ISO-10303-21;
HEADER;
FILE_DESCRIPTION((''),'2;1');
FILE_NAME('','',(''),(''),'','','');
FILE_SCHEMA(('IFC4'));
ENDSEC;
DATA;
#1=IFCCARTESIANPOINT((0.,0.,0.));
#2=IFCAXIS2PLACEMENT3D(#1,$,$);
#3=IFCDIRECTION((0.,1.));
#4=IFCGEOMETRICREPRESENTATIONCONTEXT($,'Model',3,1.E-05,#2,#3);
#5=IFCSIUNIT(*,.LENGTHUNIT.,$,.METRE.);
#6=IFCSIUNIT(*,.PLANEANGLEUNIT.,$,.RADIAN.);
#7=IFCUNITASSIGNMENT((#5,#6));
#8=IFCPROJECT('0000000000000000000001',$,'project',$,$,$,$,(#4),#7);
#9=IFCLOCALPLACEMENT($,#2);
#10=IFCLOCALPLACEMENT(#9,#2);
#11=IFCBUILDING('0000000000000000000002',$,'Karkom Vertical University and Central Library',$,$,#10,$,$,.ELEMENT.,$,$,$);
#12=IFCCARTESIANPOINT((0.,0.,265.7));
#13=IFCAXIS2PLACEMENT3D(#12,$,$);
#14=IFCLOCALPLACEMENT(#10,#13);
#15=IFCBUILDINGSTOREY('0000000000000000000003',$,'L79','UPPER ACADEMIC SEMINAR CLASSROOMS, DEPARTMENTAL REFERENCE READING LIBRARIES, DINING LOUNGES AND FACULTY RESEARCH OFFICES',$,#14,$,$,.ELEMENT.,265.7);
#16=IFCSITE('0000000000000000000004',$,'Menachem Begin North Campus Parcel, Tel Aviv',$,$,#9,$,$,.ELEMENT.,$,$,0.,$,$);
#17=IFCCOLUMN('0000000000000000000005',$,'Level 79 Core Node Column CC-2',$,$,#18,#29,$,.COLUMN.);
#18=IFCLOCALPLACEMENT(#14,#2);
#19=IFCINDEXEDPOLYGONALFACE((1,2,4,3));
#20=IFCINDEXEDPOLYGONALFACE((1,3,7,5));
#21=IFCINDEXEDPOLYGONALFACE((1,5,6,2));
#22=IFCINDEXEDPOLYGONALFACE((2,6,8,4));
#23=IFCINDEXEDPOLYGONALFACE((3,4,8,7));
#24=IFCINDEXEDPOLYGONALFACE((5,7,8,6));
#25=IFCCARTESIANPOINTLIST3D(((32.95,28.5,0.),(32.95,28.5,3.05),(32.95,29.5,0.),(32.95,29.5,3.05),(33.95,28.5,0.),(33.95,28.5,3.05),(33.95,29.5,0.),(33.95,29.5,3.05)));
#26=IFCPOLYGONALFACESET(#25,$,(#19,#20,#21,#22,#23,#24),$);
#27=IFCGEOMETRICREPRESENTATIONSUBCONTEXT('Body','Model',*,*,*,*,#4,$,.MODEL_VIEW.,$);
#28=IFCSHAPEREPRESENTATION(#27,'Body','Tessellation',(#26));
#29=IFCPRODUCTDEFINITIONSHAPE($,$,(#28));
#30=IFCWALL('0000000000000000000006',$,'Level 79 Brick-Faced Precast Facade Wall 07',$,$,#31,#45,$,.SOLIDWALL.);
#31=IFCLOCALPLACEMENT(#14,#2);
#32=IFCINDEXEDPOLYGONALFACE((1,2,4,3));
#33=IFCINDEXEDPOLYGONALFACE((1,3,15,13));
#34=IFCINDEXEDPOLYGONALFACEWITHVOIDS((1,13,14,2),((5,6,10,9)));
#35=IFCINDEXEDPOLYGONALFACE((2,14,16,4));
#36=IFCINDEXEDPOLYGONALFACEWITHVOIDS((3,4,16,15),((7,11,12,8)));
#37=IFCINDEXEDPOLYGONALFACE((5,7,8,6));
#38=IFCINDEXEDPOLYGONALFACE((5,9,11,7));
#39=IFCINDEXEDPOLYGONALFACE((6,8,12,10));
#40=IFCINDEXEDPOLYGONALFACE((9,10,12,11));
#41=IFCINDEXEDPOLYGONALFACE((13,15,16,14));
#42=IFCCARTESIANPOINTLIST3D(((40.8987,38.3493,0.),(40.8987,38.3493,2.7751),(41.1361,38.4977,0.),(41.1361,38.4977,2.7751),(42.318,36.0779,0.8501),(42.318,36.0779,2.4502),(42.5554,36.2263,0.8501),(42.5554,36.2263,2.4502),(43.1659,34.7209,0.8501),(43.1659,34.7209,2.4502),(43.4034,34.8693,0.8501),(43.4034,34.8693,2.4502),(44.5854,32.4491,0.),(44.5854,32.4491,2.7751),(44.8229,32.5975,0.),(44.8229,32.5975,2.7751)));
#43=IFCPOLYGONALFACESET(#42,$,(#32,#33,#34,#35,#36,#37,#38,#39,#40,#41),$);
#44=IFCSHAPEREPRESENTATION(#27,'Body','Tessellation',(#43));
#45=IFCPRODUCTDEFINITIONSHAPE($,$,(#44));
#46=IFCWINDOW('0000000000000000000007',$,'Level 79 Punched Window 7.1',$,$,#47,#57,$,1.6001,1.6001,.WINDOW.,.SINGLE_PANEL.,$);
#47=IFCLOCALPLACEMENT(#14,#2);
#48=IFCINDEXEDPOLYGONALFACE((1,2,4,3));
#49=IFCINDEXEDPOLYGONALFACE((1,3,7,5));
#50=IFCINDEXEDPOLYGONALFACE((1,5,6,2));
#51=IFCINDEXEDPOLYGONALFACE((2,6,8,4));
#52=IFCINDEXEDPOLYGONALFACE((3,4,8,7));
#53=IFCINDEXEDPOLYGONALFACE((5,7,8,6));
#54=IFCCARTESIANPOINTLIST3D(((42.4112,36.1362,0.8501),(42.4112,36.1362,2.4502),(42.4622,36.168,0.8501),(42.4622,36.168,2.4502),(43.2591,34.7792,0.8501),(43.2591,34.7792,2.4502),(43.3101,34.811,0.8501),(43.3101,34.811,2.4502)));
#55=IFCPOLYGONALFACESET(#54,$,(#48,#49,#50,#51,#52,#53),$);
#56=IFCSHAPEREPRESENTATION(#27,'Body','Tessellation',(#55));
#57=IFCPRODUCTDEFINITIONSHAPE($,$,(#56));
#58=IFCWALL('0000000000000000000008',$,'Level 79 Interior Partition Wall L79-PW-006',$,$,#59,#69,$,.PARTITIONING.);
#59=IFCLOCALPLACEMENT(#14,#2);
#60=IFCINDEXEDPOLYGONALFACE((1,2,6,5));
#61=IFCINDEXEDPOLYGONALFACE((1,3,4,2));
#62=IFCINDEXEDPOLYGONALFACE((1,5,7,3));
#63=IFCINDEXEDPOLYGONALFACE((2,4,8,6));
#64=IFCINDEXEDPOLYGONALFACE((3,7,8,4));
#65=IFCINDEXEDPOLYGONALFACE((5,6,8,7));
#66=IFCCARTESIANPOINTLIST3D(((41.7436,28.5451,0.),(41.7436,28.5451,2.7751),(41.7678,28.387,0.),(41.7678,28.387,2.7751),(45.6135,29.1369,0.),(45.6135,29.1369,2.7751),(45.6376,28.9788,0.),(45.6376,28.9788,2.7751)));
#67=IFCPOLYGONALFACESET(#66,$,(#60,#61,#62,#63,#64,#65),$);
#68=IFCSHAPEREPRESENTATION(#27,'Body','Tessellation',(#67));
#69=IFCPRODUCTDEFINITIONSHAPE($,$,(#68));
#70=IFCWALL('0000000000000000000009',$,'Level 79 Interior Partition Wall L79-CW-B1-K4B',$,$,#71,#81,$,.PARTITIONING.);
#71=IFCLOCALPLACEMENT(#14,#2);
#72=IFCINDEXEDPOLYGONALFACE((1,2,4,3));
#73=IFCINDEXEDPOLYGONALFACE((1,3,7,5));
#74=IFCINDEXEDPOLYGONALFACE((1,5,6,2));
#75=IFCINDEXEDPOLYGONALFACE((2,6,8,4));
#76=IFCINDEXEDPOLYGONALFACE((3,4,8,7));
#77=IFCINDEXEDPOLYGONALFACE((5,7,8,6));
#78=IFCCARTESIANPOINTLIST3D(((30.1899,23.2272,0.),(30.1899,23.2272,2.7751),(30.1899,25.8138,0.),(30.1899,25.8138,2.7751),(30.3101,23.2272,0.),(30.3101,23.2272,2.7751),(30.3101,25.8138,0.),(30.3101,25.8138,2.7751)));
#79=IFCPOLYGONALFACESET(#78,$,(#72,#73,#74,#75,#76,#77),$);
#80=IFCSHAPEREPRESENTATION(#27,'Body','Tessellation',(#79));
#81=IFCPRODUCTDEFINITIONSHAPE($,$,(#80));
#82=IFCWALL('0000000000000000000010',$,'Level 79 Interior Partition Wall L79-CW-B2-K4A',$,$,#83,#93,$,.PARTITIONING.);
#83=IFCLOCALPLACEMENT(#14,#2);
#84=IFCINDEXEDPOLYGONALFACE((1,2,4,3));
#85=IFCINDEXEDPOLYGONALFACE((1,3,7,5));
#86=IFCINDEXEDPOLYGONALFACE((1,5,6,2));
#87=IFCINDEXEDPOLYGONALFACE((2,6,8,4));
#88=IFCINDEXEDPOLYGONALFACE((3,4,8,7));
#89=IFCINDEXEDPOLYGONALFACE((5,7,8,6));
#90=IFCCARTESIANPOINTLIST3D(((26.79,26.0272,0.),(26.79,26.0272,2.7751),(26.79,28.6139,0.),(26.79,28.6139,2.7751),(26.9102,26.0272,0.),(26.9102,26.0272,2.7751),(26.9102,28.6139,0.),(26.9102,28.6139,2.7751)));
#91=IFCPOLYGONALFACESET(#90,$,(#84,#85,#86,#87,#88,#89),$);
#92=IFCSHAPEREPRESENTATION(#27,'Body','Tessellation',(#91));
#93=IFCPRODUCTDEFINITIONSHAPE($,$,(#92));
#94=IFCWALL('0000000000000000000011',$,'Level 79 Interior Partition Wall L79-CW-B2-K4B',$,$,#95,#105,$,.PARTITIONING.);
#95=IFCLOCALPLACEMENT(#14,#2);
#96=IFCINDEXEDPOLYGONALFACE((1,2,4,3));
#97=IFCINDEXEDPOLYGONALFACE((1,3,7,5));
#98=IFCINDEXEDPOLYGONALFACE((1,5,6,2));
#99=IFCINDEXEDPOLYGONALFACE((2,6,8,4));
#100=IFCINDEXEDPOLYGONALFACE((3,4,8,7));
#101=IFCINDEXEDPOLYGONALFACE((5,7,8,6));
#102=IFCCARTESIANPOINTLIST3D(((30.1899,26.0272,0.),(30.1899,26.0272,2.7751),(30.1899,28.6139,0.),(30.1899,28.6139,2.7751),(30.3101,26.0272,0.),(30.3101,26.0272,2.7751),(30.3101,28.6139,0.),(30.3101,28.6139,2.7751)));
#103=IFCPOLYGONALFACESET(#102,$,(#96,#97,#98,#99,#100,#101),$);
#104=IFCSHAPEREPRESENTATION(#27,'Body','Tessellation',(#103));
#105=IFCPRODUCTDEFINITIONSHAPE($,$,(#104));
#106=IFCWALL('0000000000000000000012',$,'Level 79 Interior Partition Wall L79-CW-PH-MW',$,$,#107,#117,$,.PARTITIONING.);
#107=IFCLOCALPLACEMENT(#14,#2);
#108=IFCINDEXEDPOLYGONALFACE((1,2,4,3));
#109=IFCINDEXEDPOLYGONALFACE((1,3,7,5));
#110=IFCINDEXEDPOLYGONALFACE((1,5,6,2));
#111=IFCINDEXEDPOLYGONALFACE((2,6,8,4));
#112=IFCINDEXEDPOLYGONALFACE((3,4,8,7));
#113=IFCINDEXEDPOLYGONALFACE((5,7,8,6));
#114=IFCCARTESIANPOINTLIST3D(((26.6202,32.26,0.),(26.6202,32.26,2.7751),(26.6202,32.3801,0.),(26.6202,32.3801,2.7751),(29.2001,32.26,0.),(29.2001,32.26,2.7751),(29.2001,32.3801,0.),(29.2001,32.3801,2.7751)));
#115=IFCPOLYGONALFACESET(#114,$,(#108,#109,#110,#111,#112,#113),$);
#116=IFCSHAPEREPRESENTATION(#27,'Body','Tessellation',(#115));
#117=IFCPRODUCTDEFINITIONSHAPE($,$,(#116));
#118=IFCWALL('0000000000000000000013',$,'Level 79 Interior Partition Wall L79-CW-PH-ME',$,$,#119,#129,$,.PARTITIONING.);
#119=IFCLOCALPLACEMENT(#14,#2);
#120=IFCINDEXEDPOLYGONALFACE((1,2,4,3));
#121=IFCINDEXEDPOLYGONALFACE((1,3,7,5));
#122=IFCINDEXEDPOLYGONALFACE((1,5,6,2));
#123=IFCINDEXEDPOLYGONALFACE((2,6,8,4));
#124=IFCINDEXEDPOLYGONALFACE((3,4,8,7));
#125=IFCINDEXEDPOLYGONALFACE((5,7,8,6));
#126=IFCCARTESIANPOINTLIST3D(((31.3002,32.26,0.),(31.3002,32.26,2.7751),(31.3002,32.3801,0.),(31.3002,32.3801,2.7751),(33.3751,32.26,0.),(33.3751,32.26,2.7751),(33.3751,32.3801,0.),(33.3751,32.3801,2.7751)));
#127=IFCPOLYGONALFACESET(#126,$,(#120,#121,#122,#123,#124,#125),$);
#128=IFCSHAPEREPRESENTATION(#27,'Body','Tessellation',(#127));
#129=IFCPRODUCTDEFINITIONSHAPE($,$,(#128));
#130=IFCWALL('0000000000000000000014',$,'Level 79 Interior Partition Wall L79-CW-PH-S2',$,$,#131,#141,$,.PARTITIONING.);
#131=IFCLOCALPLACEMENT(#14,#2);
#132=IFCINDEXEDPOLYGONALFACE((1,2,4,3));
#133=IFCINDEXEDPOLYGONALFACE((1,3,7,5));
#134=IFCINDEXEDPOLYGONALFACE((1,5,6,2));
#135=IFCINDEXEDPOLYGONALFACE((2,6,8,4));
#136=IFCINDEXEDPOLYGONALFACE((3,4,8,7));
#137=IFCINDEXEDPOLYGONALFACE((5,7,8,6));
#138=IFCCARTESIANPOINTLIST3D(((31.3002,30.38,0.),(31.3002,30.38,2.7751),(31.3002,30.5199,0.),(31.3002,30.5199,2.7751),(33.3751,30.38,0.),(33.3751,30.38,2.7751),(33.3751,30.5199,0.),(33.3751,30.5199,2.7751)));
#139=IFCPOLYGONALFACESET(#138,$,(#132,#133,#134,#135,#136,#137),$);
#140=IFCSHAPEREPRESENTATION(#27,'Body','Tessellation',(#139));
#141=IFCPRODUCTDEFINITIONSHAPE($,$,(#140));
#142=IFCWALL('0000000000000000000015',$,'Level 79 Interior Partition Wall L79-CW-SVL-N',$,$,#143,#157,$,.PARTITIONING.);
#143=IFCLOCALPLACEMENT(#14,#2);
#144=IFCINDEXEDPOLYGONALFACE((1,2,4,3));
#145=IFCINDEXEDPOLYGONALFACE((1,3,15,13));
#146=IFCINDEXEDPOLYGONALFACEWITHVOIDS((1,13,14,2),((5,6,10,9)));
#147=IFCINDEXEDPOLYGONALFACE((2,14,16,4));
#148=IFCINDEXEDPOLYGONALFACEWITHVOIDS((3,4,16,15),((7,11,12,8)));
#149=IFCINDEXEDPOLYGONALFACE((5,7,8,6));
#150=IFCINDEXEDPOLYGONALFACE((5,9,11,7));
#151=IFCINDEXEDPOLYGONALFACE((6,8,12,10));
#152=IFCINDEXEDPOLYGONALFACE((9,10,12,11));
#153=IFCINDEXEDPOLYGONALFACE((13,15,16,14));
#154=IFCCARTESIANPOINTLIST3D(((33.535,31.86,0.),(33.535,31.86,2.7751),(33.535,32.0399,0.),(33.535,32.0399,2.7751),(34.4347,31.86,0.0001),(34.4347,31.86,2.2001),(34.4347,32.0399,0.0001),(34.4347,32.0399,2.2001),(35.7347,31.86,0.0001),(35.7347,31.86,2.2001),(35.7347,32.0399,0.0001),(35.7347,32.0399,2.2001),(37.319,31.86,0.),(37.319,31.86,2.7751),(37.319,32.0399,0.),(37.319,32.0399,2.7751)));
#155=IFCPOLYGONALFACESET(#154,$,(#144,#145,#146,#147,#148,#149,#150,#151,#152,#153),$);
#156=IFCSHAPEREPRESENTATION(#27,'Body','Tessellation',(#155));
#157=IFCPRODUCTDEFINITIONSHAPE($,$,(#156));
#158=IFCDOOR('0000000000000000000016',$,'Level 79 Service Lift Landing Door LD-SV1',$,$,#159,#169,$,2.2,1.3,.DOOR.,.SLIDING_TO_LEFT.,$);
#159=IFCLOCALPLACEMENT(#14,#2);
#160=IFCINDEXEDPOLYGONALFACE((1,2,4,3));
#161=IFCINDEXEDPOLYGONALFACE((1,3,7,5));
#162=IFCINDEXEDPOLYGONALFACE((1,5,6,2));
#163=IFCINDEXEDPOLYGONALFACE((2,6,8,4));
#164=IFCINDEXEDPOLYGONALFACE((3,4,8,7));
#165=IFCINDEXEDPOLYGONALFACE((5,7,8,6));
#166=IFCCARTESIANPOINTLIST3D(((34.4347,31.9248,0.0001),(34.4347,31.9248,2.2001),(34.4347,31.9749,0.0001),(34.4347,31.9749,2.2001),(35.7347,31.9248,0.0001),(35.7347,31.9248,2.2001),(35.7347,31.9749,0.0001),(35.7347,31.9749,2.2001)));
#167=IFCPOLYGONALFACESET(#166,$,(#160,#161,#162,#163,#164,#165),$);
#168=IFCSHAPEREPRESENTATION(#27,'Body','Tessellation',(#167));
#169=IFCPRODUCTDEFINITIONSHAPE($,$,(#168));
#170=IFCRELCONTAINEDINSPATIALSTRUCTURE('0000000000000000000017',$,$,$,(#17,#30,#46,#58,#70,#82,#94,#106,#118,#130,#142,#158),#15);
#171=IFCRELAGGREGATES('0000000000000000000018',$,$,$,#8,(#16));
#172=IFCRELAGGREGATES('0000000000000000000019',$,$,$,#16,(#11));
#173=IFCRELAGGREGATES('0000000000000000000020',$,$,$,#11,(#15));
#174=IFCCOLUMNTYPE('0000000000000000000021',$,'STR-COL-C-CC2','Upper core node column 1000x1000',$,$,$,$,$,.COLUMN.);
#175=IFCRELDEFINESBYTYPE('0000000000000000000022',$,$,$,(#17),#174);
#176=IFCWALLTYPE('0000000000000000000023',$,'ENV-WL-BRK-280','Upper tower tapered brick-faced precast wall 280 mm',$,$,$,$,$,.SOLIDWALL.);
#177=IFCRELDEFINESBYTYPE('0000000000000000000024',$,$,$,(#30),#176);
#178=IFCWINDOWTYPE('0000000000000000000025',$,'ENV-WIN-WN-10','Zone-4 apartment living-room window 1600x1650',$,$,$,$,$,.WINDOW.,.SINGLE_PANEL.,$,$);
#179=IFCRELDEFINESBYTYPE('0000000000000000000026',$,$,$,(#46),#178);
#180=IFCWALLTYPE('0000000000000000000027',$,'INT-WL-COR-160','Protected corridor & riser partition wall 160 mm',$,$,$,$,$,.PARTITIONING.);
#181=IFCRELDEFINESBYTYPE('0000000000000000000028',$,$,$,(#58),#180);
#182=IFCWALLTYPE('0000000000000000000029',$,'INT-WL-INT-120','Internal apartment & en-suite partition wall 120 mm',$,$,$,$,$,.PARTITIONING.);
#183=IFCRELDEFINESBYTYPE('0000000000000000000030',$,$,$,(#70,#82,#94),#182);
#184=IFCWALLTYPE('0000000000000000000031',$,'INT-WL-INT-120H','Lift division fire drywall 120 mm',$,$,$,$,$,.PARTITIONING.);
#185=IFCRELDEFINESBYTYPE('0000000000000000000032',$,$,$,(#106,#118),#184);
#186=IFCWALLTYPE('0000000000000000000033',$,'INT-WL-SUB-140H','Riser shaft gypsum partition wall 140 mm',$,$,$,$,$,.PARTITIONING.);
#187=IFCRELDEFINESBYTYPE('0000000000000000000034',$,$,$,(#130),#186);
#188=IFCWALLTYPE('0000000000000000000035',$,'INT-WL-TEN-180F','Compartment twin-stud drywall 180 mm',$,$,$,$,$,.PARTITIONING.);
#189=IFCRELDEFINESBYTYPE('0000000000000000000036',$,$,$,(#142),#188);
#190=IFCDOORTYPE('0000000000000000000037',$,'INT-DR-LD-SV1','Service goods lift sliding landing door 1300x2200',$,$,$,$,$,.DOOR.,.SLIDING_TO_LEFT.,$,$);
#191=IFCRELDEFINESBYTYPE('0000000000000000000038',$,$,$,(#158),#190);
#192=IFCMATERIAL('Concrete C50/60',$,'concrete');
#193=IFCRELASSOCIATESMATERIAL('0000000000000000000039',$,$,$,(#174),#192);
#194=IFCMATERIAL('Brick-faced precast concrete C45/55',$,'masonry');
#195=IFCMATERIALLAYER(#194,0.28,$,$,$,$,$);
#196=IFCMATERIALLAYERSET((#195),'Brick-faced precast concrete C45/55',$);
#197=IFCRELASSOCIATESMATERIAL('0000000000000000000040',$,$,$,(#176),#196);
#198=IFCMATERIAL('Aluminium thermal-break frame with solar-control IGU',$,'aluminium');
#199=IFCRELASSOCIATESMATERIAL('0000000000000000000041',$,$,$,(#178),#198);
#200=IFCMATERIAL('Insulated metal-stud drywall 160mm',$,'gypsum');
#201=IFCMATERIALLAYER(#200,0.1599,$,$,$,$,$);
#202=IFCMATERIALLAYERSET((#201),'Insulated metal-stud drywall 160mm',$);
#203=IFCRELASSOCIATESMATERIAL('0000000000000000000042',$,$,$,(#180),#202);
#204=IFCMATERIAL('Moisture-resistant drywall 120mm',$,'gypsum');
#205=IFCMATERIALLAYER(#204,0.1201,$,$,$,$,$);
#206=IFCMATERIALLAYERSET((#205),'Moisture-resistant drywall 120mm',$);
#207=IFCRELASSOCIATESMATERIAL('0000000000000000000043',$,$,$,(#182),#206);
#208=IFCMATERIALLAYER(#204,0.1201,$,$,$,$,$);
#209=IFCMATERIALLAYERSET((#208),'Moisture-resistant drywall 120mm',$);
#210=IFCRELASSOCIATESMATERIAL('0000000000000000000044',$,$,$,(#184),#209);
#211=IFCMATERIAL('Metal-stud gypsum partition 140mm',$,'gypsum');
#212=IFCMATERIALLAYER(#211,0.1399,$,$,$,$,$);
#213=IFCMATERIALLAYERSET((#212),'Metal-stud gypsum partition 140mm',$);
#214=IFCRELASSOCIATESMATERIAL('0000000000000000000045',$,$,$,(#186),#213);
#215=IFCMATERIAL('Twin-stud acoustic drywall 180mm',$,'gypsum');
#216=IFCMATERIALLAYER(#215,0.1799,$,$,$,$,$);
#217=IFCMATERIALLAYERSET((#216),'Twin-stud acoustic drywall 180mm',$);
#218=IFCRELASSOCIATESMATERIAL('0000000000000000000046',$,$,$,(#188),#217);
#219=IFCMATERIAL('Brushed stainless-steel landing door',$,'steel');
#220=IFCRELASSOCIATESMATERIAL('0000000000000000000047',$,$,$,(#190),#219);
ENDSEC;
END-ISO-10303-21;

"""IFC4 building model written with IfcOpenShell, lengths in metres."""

from ifc_helpers import new_model, si_unit, direction, frame, frame_2d, origin, origin_with_axes, origin_2d, place, context, subcontext, project, spatial, rectangle, extrude, source, transform, mapped, material, layer, layer_set, material_profile, profile_set, type_object, element, fill, save


model = new_model("IFC4")

# Units and contexts
model_context = context("Model", 3, precision=1e-05, world=origin(), true_north=direction((0.0, 1.0)))
body_context = subcontext(model_context, "Body", "Model", "MODEL_VIEW")
ifc_project = project(units=[si_unit("LENGTHUNIT", "METRE"), si_unit("PLANEANGLEUNIT", "RADIAN")], contexts=[model_context])

# Site, building, storey
site_placement = place(None, origin())
site = spatial("IfcSite", under=ifc_project, at=site_placement, Name="Menachem Begin North Campus Parcel, Tel Aviv", CompositionType="ELEMENT", RefElevation=0.0)
building_placement = place(site_placement, origin())
building = spatial("IfcBuilding", under=site, at=building_placement, Name="Karkom Vertical University and Central Library", CompositionType="ELEMENT")
storey_placement = place(building_placement, frame((0.0, 0.0, 265.7)))
storey = spatial("IfcBuildingStorey", under=building, at=storey_placement, Name="L79", Description="UPPER ACADEMIC SEMINAR CLASSROOMS, DEPARTMENTAL REFERENCE READING LIBRARIES, DINING LOUNGES AND FACULTY RESEARCH OFFICES", CompositionType="ELEMENT", Elevation=265.7)

# Column
ifc_material_1 = material(Name="Concrete C50/60", Category="concrete")
ifc_material_profile = material_profile(ifc_material_1, rectangle(XDim=1.0, YDim=1.0, at=origin_2d()), Name="RC-1000x1000")
ifc_profile_set = profile_set([ifc_material_profile], Name="Concrete C50/60")
column_type = type_object("IfcColumnType", Name="STR-COL-C-CC2", Description="Upper core node column 1000x1000", PredefinedType="COLUMN", material=ifc_profile_set)
shared_shape_1 = source(origin_with_axes(), body_context, "Body", "SweptSolid", [
    extrude(rectangle(XDim=1.0, YDim=1.0, at=origin_2d()), origin(), (0.0, 0.0, 1.0), 3.05),
])
column_placement = place(storey_placement, frame((33.45, 29.0, 0.0), z_axis=(0.0, 0.0, 1.0), x_axis=(1.0, 0.0, 0.0)))
element("IfcColumn", 1, at=column_placement, inside=storey, type_object=column_type, Name="Level 79 Core Node Column CC-2", PredefinedType="COLUMN", context=body_context, shape_type="MappedRepresentation", body=[
    mapped(shared_shape_1, transform((0.0, 0.0, 0.0), scale=1.0)),
])

# Wall, opening, window
ifc_material_2 = material(Name="Brick-faced precast concrete C45/55", Category="masonry")
ifc_layer_1 = layer(ifc_material_2, 0.28)
ifc_layer_set_1 = layer_set([ifc_layer_1], Name="Brick-faced precast concrete C45/55")
wall_type_1 = type_object("IfcWallType", Name="ENV-WL-BRK-280", Description="Upper tower tapered brick-faced precast wall 280 mm", PredefinedType="SOLIDWALL", material=ifc_layer_set_1)
wall_1_placement = place(storey_placement, frame((44.7041, 32.5234, 0.0), z_axis=(0.0, 0.0, 1.0), x_axis=(-0.529914, 0.848052, 0.0)))
wall_1 = element("IfcWall", 2, at=wall_1_placement, inside=storey, type_object=wall_type_1, Name="Level 79 Brick-Faced Precast Facade Wall 07", PredefinedType="SOLIDWALL", context=body_context, shape_type="SweptSolid", body=[
    extrude(rectangle(XDim=6.9573, YDim=0.28, at=frame_2d((3.4785, 0.0))), origin(), (0.0, 0.0, 1.0), 2.7751),
])
opening_1_placement = place(wall_1_placement, frame((2.6787, 0.0, 0.8501)))
opening_1 = element("IfcOpeningElement", 3, at=opening_1_placement, cuts=wall_1, PredefinedType="OPENING", context=body_context, shape_type="SweptSolid", body=[
    extrude(rectangle(XDim=1.6001, YDim=1.6001, at=frame_2d((0.8, 0.8))), frame((0.0, 0.1499, 0.0), z_axis=(0.0, -1.0, 0.0), x_axis=(1.0, 0.0, 0.0)), (0.0, 0.0, 1.0), 0.3),
])
ifc_material_3 = material(Name="Aluminium thermal-break frame with solar-control IGU", Category="aluminium")
window_type = type_object("IfcWindowType", Name="ENV-WIN-WN-10", Description="Zone-4 apartment living-room window 1600x1650", PartitioningType="SINGLE_PANEL", PredefinedType="WINDOW", material=ifc_material_3)
shared_shape_2 = source(origin_with_axes(), body_context, "Body", "SweptSolid", [
    extrude(rectangle(XDim=1.6001, YDim=1.6001, at=frame_2d((0.8, 0.8))), frame((0.0, 0.03, 0.0), z_axis=(0.0, -1.0, 0.0), x_axis=(1.0, 0.0, 0.0)), (0.0, 0.0, 1.0), 0.0601),
])
window_placement = place(opening_1_placement, origin())
window = element("IfcWindow", 4, at=window_placement, inside=storey, type_object=window_type, Name="Level 79 Punched Window 7.1", OverallHeight=1.6001, OverallWidth=1.6001, PartitioningType="SINGLE_PANEL", PredefinedType="WINDOW", context=body_context, shape_type="MappedRepresentation", body=[
    mapped(shared_shape_2, transform((0.0, 0.0, 0.0), scale=1.0)),
])
fill(opening_1, window)

# Walls
ifc_material_4 = material(Name="Insulated metal-stud drywall 160mm", Category="gypsum")
ifc_layer_2 = layer(ifc_material_4, 0.1599)
ifc_layer_set_2 = layer_set([ifc_layer_2], Name="Insulated metal-stud drywall 160mm")
wall_type_2 = type_object("IfcWallType", Name="INT-WL-COR-160", Description="Protected corridor & riser partition wall 160 mm", PredefinedType="PARTITIONING", material=ifc_layer_set_2)
wall_2_placement = place(storey_placement, frame((41.7556, 28.4661, 0.0), z_axis=(0.0, 0.0, 1.0), x_axis=(0.988508, 0.151167, 0.0)))
element("IfcWall", 5, at=wall_2_placement, inside=storey, type_object=wall_type_2, Name="Level 79 Interior Partition Wall L79-PW-006", PredefinedType="PARTITIONING", context=body_context, shape_type="SweptSolid", body=[
    extrude(rectangle(XDim=3.9148, YDim=0.1599, at=frame_2d((1.9575, 0.0))), origin(), (0.0, 0.0, 1.0), 2.7751),
])
ifc_material_5 = material(Name="Moisture-resistant drywall 120mm", Category="gypsum")
ifc_layer_3 = layer(ifc_material_5, 0.1201)
ifc_layer_set_3 = layer_set([ifc_layer_3], Name="Moisture-resistant drywall 120mm")
wall_type_3 = type_object("IfcWallType", Name="INT-WL-INT-120", Description="Internal apartment & en-suite partition wall 120 mm", PredefinedType="PARTITIONING", material=ifc_layer_set_3)
for number, where, z_axis, x_axis, name in (
    (6, (30.25, 23.2271, 0.0), (0.0, 0.0, 1.0), (0.0, 1.0, 0.0), "Level 79 Interior Partition Wall L79-CW-B1-K4B"),
    (7, (26.8501, 26.0271, 0.0), (0.0, 0.0, 1.0), (0.0, 1.0, 0.0), "Level 79 Interior Partition Wall L79-CW-B2-K4A"),
    (8, (30.25, 26.0271, 0.0), (0.0, 0.0, 1.0), (0.0, 1.0, 0.0), "Level 79 Interior Partition Wall L79-CW-B2-K4B"),
):
    element("IfcWall", number, at=place(storey_placement, frame(where, z_axis=z_axis, x_axis=x_axis)), inside=storey, type_object=wall_type_3, Name=name, PredefinedType="PARTITIONING", context=body_context, shape_type="SweptSolid", body=[
        extrude(rectangle(XDim=2.5867, YDim=0.1201, at=frame_2d((1.2935, 0.0))), origin(), (0.0, 0.0, 1.0), 2.7751),
    ])
ifc_layer_4 = layer(ifc_material_5, 0.1201)
ifc_layer_set_4 = layer_set([ifc_layer_4], Name="Moisture-resistant drywall 120mm")
wall_type_4 = type_object("IfcWallType", Name="INT-WL-INT-120H", Description="Lift division fire drywall 120 mm", PredefinedType="PARTITIONING", material=ifc_layer_set_4)
wall_3_placement = place(storey_placement, frame((26.6201, 32.3201, 0.0), z_axis=(0.0, 0.0, 1.0), x_axis=(1.0, 0.0, 0.0)))
element("IfcWall", 9, at=wall_3_placement, inside=storey, type_object=wall_type_4, Name="Level 79 Interior Partition Wall L79-CW-PH-MW", PredefinedType="PARTITIONING", context=body_context, shape_type="SweptSolid", body=[
    extrude(rectangle(XDim=2.5798, YDim=0.1201, at=frame_2d((1.29, 0.0))), origin(), (0.0, 0.0, 1.0), 2.7751),
])
wall_4_placement = place(storey_placement, frame((31.3, 32.3201, 0.0), z_axis=(0.0, 0.0, 1.0), x_axis=(1.0, 0.0, 0.0)))
element("IfcWall", 10, at=wall_4_placement, inside=storey, type_object=wall_type_4, Name="Level 79 Interior Partition Wall L79-CW-PH-ME", PredefinedType="PARTITIONING", context=body_context, shape_type="SweptSolid", body=[
    extrude(rectangle(XDim=2.075, YDim=0.1201, at=frame_2d((1.0376, 0.0))), origin(), (0.0, 0.0, 1.0), 2.7751),
])

# Shared definitions
ifc_material_6 = material(Name="Metal-stud gypsum partition 140mm", Category="gypsum")
ifc_layer_5 = layer(ifc_material_6, 0.1399)
ifc_layer_set_5 = layer_set([ifc_layer_5], Name="Metal-stud gypsum partition 140mm")
wall_type_5 = type_object("IfcWallType", Name="INT-WL-SUB-140H", Description="Riser shaft gypsum partition wall 140 mm", PredefinedType="PARTITIONING", material=ifc_layer_set_5)
ifc_material_7 = material(Name="Brushed stainless-steel landing door", Category="steel")

# Wall
wall_5_placement = place(storey_placement, frame((31.3, 30.45, 0.0), z_axis=(0.0, 0.0, 1.0), x_axis=(1.0, 0.0, 0.0)))
element("IfcWall", 11, at=wall_5_placement, inside=storey, type_object=wall_type_5, Name="Level 79 Interior Partition Wall L79-CW-PH-S2", PredefinedType="PARTITIONING", context=body_context, shape_type="SweptSolid", body=[
    extrude(rectangle(XDim=2.075, YDim=0.1399, at=frame_2d((1.0376, 0.0))), origin(), (0.0, 0.0, 1.0), 2.7751),
])

# Wall, opening, door
ifc_material_8 = material(Name="Twin-stud acoustic drywall 180mm", Category="gypsum")
ifc_layer_6 = layer(ifc_material_8, 0.1799)
ifc_layer_set_6 = layer_set([ifc_layer_6], Name="Twin-stud acoustic drywall 180mm")
wall_type_6 = type_object("IfcWallType", Name="INT-WL-TEN-180F", Description="Compartment twin-stud drywall 180 mm", PredefinedType="PARTITIONING", material=ifc_layer_set_6)
wall_6_placement = place(storey_placement, frame((33.5349, 31.95, 0.0), z_axis=(0.0, 0.0, 1.0), x_axis=(1.0, 0.0, 0.0)))
wall_6 = element("IfcWall", 12, at=wall_6_placement, inside=storey, type_object=wall_type_6, Name="Level 79 Interior Partition Wall L79-CW-SVL-N", PredefinedType="PARTITIONING", context=body_context, shape_type="SweptSolid", body=[
    extrude(rectangle(XDim=3.7839, YDim=0.1799, at=frame_2d((1.8921, 0.0))), origin(), (0.0, 0.0, 1.0), 2.7751),
])
opening_2_placement = place(wall_6_placement, frame((0.8999, 0.0, 0.0)))
opening_2 = element("IfcOpeningElement", 13, at=opening_2_placement, cuts=wall_6, PredefinedType="OPENING", context=body_context, shape_type="SweptSolid", body=[
    extrude(rectangle(XDim=1.3, YDim=2.2, at=frame_2d((0.6499, 1.1001))), frame((0.0, 0.1001, 0.0), z_axis=(0.0, -1.0, 0.0), x_axis=(1.0, 0.0, 0.0)), (0.0, 0.0, 1.0), 0.2),
])
door_type_1 = type_object("IfcDoorType", Name="INT-DR-LD-SV1", Description="Service goods lift sliding landing door 1300x2200", OperationType="SLIDING_TO_LEFT", PredefinedType="DOOR", material=ifc_material_7)
shared_shape_3 = source(origin_with_axes(), body_context, "Body", "SweptSolid", [
    extrude(rectangle(XDim=1.3, YDim=2.2, at=frame_2d((0.6499, 1.1001))), frame((0.0, 0.0249, 0.0), z_axis=(0.0, -1.0, 0.0), x_axis=(1.0, 0.0, 0.0)), (0.0, 0.0, 1.0), 0.05),
])
door_1_placement = place(opening_2_placement, origin())
door_1 = element("IfcDoor", 14, at=door_1_placement, inside=storey, type_object=door_type_1, Name="Level 79 Service Lift Landing Door LD-SV1", OperationType="SLIDING_TO_LEFT", OverallHeight=2.2, OverallWidth=1.3, PredefinedType="DOOR", context=body_context, shape_type="MappedRepresentation", body=[
    mapped(shared_shape_3, transform((0.0, 0.0, 0.0), scale=1.0)),
])
fill(opening_2, door_1)

save(model, "model.ifc")
